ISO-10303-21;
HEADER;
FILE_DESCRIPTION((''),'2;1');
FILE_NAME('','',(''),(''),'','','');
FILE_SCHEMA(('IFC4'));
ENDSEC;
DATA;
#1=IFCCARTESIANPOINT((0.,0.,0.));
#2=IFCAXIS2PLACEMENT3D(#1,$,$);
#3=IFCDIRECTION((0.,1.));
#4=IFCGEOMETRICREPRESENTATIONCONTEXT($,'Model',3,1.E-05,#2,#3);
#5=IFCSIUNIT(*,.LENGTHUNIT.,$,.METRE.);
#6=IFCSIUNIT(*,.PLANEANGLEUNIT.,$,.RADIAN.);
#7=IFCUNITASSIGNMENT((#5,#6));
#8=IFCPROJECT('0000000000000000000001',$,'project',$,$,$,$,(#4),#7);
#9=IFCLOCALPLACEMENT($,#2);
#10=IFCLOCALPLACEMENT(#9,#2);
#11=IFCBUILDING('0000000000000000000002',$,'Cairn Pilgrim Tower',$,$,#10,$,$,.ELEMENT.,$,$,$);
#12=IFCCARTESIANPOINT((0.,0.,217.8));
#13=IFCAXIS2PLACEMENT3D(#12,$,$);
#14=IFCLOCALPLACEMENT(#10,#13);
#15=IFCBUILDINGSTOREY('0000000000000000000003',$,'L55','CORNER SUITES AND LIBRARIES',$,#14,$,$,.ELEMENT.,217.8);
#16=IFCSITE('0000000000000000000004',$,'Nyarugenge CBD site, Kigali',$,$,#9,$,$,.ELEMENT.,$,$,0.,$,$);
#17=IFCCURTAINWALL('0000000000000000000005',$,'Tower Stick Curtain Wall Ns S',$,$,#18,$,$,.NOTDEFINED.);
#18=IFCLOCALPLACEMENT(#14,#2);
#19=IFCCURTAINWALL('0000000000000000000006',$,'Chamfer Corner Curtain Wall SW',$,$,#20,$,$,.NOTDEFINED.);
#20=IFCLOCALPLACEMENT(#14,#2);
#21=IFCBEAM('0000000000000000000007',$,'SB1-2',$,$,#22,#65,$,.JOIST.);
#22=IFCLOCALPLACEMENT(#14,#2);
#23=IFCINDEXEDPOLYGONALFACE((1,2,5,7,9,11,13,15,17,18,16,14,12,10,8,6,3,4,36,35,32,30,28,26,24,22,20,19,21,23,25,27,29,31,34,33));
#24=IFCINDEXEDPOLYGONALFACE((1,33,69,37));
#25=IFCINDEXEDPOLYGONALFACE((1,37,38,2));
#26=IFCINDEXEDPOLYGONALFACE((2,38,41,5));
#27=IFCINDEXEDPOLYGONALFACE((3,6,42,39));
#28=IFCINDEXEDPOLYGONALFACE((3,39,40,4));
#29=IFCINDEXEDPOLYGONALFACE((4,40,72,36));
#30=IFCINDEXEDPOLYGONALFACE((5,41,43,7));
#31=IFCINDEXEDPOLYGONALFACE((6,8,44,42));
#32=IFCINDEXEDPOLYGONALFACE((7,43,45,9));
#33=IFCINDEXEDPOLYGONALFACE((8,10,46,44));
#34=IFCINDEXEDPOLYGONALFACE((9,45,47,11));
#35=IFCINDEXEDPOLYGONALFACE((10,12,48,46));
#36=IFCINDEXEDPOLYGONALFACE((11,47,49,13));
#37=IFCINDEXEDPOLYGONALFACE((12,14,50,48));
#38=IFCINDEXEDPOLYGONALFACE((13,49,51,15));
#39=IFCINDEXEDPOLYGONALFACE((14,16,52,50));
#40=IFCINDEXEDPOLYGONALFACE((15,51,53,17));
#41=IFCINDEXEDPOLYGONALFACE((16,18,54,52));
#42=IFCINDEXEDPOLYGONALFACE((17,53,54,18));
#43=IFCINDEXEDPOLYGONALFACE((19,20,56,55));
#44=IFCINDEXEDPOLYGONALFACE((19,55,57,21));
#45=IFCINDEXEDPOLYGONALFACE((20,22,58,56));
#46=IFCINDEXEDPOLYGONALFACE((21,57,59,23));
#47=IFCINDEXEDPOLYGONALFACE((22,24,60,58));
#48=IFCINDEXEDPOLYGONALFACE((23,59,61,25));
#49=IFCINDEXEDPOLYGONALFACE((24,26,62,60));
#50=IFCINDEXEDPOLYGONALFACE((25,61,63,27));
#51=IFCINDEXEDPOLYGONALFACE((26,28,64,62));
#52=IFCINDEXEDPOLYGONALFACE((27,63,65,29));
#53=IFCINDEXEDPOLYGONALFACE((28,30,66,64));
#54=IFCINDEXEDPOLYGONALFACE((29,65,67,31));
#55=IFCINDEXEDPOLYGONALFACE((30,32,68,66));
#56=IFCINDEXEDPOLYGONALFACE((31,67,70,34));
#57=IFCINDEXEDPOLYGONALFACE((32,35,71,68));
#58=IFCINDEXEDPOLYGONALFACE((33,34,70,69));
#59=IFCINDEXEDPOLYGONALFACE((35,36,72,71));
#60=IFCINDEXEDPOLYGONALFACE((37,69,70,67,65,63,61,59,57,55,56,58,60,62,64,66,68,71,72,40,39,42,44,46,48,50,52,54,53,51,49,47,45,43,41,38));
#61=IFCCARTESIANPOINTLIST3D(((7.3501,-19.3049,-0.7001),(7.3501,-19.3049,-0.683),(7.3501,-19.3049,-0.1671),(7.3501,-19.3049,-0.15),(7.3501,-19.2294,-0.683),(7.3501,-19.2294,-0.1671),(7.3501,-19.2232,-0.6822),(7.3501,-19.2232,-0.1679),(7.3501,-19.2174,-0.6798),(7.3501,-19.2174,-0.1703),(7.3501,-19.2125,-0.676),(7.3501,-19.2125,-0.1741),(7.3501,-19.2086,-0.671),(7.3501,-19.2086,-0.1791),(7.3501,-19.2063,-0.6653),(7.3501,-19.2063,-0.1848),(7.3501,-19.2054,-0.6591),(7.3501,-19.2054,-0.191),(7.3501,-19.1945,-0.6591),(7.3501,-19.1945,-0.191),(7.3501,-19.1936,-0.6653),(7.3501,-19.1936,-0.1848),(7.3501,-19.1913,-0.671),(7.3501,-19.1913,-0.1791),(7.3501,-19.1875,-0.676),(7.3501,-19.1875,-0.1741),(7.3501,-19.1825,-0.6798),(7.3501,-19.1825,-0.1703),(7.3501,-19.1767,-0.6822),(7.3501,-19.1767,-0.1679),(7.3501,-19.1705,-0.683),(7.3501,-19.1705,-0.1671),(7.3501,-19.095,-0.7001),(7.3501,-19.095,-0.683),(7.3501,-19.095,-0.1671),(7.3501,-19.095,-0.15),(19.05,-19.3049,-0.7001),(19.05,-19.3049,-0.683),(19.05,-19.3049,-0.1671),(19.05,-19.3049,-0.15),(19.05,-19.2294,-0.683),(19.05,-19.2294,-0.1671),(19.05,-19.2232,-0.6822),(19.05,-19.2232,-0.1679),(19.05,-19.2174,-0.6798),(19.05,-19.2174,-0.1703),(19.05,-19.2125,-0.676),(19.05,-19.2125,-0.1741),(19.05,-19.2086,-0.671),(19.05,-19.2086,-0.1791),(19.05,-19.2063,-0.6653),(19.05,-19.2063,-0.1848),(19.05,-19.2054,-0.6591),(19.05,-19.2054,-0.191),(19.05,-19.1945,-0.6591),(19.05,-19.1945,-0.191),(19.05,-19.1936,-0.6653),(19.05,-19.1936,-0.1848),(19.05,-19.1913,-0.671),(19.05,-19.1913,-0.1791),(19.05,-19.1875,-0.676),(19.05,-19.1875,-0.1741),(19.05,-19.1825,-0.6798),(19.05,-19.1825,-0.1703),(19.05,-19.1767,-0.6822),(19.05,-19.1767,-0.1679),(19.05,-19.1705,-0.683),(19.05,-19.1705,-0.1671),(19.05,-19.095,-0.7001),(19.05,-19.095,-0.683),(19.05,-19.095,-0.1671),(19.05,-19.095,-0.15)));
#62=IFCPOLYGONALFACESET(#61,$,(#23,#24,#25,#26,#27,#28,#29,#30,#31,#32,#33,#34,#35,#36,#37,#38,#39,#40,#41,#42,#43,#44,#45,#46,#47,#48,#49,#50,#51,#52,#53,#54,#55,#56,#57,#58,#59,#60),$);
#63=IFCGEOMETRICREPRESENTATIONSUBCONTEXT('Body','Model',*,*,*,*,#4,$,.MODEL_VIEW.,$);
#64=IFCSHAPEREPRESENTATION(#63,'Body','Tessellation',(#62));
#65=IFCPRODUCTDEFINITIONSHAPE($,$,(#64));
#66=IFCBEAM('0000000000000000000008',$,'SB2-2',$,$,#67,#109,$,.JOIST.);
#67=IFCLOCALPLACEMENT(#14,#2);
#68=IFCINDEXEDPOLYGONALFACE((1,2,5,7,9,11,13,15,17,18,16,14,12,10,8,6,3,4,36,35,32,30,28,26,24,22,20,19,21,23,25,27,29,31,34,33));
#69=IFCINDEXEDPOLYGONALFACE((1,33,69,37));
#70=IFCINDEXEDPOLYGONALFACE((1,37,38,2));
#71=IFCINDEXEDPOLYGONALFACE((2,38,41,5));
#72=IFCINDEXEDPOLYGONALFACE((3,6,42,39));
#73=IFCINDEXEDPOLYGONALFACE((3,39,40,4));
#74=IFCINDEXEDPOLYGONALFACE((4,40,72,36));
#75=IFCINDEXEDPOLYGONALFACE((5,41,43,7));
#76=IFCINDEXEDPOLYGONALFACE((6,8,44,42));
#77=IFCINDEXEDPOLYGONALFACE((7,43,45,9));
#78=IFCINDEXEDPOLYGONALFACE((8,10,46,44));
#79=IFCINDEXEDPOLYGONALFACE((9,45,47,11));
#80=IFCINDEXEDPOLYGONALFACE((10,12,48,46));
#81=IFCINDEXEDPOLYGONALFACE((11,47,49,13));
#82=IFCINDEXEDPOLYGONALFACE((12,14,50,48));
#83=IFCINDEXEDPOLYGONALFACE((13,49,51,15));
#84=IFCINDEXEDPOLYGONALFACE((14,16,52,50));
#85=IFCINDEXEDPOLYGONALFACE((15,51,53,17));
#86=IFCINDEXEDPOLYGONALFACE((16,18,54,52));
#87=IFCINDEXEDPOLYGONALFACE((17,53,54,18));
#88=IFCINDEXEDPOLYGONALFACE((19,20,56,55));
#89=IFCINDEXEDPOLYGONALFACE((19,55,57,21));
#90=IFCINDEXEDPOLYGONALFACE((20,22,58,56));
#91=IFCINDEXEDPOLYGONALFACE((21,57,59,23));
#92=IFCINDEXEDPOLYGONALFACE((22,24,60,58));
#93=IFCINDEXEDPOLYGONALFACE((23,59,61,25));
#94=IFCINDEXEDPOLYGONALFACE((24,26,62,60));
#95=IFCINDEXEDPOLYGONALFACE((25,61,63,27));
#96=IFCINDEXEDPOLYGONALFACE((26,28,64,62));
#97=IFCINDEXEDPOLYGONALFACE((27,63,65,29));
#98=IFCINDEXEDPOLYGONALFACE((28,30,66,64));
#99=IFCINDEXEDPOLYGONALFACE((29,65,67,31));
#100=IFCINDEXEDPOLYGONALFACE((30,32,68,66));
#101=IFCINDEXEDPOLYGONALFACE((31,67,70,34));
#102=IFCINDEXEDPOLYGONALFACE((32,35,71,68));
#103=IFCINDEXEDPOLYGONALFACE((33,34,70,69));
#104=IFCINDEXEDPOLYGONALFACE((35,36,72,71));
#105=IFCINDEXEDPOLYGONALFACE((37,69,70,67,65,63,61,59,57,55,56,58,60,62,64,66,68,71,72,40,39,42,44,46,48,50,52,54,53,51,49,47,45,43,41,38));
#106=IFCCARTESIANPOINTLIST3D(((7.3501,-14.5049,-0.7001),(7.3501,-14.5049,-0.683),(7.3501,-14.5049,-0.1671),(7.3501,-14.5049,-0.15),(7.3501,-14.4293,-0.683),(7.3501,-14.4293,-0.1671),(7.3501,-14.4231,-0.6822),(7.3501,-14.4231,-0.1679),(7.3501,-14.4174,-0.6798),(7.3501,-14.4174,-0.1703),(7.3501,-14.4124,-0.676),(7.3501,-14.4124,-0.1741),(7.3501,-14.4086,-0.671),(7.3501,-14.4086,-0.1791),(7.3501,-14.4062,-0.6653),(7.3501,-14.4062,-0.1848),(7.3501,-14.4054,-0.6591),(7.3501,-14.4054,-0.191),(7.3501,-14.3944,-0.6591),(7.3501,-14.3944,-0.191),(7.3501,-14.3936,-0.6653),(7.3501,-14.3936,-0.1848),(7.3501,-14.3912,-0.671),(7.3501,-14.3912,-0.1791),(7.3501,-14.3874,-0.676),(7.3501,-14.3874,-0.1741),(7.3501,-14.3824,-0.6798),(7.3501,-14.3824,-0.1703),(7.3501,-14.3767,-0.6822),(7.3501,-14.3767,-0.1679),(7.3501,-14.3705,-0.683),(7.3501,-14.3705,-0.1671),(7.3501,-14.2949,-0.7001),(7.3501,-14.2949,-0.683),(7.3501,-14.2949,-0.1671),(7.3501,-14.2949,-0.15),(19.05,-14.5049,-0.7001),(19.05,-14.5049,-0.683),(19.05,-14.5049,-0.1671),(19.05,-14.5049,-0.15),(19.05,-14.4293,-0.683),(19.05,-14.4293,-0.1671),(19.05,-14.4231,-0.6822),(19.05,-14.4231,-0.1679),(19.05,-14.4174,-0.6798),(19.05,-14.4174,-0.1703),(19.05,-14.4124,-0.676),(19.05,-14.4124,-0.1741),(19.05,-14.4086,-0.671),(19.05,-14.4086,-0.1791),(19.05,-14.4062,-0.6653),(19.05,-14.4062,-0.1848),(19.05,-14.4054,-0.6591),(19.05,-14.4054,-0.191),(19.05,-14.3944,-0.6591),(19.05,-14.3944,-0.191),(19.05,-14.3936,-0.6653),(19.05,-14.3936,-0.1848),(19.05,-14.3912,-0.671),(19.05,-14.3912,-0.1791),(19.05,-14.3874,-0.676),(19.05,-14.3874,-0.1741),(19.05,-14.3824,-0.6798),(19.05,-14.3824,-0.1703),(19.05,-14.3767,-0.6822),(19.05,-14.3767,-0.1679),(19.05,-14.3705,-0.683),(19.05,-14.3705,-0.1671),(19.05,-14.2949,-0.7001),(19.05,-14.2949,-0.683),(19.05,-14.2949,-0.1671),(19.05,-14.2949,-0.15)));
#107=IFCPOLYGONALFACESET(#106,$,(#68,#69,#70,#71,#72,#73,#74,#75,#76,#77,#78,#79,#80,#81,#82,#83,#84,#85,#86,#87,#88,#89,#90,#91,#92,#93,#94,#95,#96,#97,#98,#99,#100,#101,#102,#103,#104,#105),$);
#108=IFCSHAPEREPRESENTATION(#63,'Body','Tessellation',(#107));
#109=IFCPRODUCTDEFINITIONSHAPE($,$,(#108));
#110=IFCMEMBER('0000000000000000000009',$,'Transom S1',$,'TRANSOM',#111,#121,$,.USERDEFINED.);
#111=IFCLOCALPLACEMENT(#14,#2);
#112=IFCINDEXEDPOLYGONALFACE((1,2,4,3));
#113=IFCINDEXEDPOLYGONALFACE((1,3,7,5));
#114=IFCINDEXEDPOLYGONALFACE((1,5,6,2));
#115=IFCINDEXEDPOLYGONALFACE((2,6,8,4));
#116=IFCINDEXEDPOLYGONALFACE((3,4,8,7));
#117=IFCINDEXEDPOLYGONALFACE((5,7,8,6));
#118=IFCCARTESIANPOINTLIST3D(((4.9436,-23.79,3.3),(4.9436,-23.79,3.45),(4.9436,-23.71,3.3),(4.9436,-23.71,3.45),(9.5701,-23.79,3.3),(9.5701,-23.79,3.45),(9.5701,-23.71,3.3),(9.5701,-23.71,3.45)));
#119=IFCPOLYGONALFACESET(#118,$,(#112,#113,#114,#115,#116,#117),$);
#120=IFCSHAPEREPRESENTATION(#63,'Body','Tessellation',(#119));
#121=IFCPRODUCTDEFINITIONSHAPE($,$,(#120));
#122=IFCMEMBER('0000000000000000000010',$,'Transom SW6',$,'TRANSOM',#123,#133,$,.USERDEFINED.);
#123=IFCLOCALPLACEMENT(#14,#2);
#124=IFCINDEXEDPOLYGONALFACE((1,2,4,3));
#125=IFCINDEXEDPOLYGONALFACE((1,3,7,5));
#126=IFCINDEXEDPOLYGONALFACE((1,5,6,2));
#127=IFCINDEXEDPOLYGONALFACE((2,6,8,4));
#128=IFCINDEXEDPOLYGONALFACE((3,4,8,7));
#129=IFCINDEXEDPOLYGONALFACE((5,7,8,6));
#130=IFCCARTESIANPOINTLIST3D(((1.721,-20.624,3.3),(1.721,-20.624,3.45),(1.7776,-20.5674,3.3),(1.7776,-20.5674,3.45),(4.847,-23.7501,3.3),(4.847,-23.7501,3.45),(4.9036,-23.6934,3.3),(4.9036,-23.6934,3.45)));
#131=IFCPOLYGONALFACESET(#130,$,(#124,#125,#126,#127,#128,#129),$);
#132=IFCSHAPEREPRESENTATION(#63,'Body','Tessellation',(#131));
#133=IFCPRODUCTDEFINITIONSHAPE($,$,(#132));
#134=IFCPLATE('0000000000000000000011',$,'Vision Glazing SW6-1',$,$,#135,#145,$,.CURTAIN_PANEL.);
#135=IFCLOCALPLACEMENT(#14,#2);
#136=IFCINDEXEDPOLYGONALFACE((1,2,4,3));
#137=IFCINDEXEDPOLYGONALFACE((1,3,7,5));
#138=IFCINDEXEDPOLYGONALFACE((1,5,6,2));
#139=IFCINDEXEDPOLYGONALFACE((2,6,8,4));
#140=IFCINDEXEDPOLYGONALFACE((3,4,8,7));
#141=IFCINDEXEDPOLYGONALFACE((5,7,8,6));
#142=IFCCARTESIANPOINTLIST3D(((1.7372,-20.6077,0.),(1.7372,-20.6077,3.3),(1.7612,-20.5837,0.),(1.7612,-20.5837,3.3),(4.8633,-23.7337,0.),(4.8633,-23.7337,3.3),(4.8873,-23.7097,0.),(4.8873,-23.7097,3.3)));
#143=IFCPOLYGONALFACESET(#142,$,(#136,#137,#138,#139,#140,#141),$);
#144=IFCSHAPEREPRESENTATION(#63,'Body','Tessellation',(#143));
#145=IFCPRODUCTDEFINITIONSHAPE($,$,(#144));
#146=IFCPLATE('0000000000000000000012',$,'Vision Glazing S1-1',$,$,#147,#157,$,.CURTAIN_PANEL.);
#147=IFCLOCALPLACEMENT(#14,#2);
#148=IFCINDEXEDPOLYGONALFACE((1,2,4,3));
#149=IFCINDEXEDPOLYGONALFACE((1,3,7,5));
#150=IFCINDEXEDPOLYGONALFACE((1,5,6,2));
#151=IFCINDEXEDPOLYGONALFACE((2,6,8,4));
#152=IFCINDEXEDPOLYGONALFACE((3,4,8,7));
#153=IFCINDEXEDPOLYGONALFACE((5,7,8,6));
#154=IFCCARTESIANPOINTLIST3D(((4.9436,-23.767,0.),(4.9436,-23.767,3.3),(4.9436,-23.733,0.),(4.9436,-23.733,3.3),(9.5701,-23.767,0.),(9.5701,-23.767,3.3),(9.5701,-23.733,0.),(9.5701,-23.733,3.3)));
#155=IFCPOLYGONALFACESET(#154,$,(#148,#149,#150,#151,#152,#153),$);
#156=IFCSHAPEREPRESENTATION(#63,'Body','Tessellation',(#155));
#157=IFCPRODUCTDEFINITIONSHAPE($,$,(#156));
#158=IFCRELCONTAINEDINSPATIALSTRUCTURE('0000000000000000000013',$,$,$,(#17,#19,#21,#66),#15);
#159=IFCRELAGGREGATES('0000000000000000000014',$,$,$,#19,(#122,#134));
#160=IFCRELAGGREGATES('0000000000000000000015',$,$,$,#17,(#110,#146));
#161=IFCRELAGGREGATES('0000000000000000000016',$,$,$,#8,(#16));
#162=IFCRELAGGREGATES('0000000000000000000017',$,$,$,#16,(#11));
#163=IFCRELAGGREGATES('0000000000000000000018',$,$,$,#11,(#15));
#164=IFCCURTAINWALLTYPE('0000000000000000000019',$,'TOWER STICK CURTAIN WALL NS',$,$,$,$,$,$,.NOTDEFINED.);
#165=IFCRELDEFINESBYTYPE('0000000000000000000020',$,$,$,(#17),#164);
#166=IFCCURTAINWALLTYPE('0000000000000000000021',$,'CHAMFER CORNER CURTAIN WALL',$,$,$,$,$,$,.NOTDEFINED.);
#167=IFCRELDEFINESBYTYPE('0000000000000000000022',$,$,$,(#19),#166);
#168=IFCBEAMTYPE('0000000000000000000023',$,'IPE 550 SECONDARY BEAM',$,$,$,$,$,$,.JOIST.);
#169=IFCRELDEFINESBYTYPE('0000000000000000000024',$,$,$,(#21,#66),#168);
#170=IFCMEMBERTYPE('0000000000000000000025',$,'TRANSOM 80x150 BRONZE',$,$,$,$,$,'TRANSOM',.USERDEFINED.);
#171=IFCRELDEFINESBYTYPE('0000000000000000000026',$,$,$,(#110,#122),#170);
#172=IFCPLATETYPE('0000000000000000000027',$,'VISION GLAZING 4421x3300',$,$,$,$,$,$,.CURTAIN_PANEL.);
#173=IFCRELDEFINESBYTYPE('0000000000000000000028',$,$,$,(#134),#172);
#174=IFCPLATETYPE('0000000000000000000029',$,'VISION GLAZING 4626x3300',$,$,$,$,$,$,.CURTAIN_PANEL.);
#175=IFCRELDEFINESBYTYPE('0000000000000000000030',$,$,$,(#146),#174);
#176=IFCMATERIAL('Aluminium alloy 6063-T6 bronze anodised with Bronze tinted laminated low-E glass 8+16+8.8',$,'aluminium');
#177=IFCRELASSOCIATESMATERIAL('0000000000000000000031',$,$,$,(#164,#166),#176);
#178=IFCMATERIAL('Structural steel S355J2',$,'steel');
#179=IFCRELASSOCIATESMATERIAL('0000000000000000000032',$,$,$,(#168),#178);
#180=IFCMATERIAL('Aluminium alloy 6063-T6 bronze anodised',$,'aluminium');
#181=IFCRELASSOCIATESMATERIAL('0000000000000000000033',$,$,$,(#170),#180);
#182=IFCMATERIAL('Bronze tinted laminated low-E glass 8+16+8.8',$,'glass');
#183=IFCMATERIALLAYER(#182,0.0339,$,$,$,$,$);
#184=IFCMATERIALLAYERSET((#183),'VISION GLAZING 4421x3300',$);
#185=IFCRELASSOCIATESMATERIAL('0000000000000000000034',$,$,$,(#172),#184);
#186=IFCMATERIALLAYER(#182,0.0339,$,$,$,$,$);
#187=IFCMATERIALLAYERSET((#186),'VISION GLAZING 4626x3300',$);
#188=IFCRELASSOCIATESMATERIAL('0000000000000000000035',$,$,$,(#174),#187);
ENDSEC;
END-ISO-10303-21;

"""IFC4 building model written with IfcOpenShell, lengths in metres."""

from ifc_helpers import new_model, si_unit, direction, frame, origin, origin_2d, place, context, subcontext, project, spatial, rectangle, i_section, extrude, material, layer, layer_set, material_profile, profile_set, type_object, element, aggregate, save


model = new_model("IFC4")

# Units and contexts
model_context = context("Model", 3, precision=1e-05, world=origin(), true_north=direction((0.0, 1.0)))
body_context = subcontext(model_context, "Body", "Model", "MODEL_VIEW")
ifc_project = project(units=[si_unit("LENGTHUNIT", "METRE"), si_unit("PLANEANGLEUNIT", "RADIAN")], contexts=[model_context])

# Site, building, storey
site_placement = place(None, origin())
site = spatial("IfcSite", under=ifc_project, at=site_placement, Name="Nyarugenge CBD site, Kigali", CompositionType="ELEMENT", RefElevation=0.0)
building_placement = place(site_placement, origin())
building = spatial("IfcBuilding", under=site, at=building_placement, Name="Cairn Pilgrim Tower", CompositionType="ELEMENT")
storey_placement = place(building_placement, frame((0.0, 0.0, 217.8)))
storey = spatial("IfcBuildingStorey", under=building, at=storey_placement, Name="L55", Description="CORNER SUITES AND LIBRARIES", CompositionType="ELEMENT", Elevation=217.8)

# Curtain wall
ifc_material_1 = material(Name="Aluminium alloy 6063-T6 bronze anodised with Bronze tinted laminated low-E glass 8+16+8.8", Category="aluminium")
curtain_wall_type_1 = type_object("IfcCurtainWallType", Name="TOWER STICK CURTAIN WALL NS", PredefinedType="NOTDEFINED", material=ifc_material_1)
curtain_wall_1_placement = place(storey_placement, origin())
curtain_wall_1 = element("IfcCurtainWall", 1, at=curtain_wall_1_placement, inside=storey, type_object=curtain_wall_type_1, Name="Tower Stick Curtain Wall Ns S", PredefinedType="NOTDEFINED")
ifc_material_2 = material(Name="Aluminium alloy 6063-T6 bronze anodised", Category="aluminium")

# Curtain wall
curtain_wall_type_2 = type_object("IfcCurtainWallType", Name="CHAMFER CORNER CURTAIN WALL", PredefinedType="NOTDEFINED", material=ifc_material_1)
curtain_wall_2_placement = place(storey_placement, origin())
curtain_wall_2 = element("IfcCurtainWall", 2, at=curtain_wall_2_placement, inside=storey, type_object=curtain_wall_type_2, Name="Chamfer Corner Curtain Wall SW", PredefinedType="NOTDEFINED")

# Beams
ifc_material_3 = material(Name="Structural steel S355J2", Category="steel")
ifc_material_profile_1 = material_profile(ifc_material_3, i_section(OverallWidth=0.21, OverallDepth=0.55, WebThickness=0.011, FlangeThickness=0.0171, FilletRadius=0.0239, at=origin_2d()), Name="IPE 550")
ifc_profile_set_1 = profile_set([ifc_material_profile_1], Name="Structural steel S355J2")
beam_type_1 = type_object("IfcBeamType", Name="IPE 550 SECONDARY BEAM", PredefinedType="JOIST", material=ifc_profile_set_1)
for number, where, z_axis, x_axis, name in (
    (3, (7.3501, -19.2, -0.425), (1.0, 0.0, 0.0), (0.0, 1.0, 0.0), "SB1-2"),
    (4, (7.3501, -14.3999, -0.425), (1.0, 0.0, 0.0), (0.0, 1.0, 0.0), "SB2-2"),
):
    element("IfcBeam", number, at=place(storey_placement, frame(where, z_axis=z_axis, x_axis=x_axis)), inside=storey, type_object=beam_type_1, Name=name, PredefinedType="JOIST", context=body_context, shape_type="SweptSolid", body=[
        extrude(i_section(OverallWidth=0.21, OverallDepth=0.55, WebThickness=0.011, FlangeThickness=0.0171, FilletRadius=0.0239, at=origin_2d()), origin(), (0.0, 0.0, 1.0), 11.7),
    ])

# Members
ifc_material_profile_2 = material_profile(ifc_material_2, rectangle(XDim=0.0801, YDim=0.1499, at=origin_2d()), Name="TRANSOM 80x150 BRONZE")
ifc_profile_set_2 = profile_set([ifc_material_profile_2], Name="Aluminium alloy 6063-T6 bronze anodised")
member_type_1 = type_object("IfcMemberType", Name="TRANSOM 80x150 BRONZE", ElementType="TRANSOM", PredefinedType="USERDEFINED", material=ifc_profile_set_2)
member_1_placement = place(storey_placement, frame((4.9436, -23.75, 3.375), z_axis=(1.0, 0.0, 0.0), x_axis=(0.0, 1.0, 0.0)))
member_1 = element("IfcMember", 5, at=member_1_placement, type_object=member_type_1, Name="Transom S1", ObjectType="TRANSOM", PredefinedType="USERDEFINED", context=body_context, shape_type="SweptSolid", body=[
    extrude(rectangle(XDim=0.0801, YDim=0.1499, at=origin_2d()), origin(), (0.0, 0.0, 1.0), 4.6265),
])
member_2_placement = place(storey_placement, frame((1.7493, -20.5957, 3.375), z_axis=(0.707107, -0.707107, 0.0), x_axis=(0.707107, 0.707107, 0.0)))
member_2 = element("IfcMember", 6, at=member_2_placement, type_object=member_type_1, Name="Transom SW6", ObjectType="TRANSOM", PredefinedType="USERDEFINED", context=body_context, shape_type="SweptSolid", body=[
    extrude(rectangle(XDim=0.0801, YDim=0.1499, at=origin_2d()), origin(), (0.0, 0.0, 1.0), 4.4209),
])

# Plates
ifc_material_4 = material(Name="Bronze tinted laminated low-E glass 8+16+8.8", Category="glass")
ifc_layer_1 = layer(ifc_material_4, 0.0339)
ifc_layer_set_1 = layer_set([ifc_layer_1], Name="VISION GLAZING 4421x3300")
plate_type_1 = type_object("IfcPlateType", Name="VISION GLAZING 4421x3300", PredefinedType="CURTAIN_PANEL", material=ifc_layer_set_1)
plate_1_placement = place(storey_placement, frame((3.3123, -22.1587, 0.0), z_axis=(0.0, 0.0, 1.0), x_axis=(0.707107, -0.707107, 0.0)))
plate_1 = element("IfcPlate", 7, at=plate_1_placement, type_object=plate_type_1, Name="Vision Glazing SW6-1", PredefinedType="CURTAIN_PANEL", context=body_context, shape_type="SweptSolid", body=[
    extrude(rectangle(XDim=4.4209, YDim=0.0339, at=origin_2d()), origin(), (0.0, 0.0, 1.0), 3.3),
])
aggregate(curtain_wall_2, [member_2, plate_1])
ifc_layer_2 = layer(ifc_material_4, 0.0339)
ifc_layer_set_2 = layer_set([ifc_layer_2], Name="VISION GLAZING 4626x3300")
plate_type_2 = type_object("IfcPlateType", Name="VISION GLAZING 4626x3300", PredefinedType="CURTAIN_PANEL", material=ifc_layer_set_2)
plate_2_placement = place(storey_placement, frame((7.2568, -23.75, 0.0), z_axis=(0.0, 0.0, 1.0), x_axis=(1.0, 0.0, 0.0)))
plate_2 = element("IfcPlate", 8, at=plate_2_placement, type_object=plate_type_2, Name="Vision Glazing S1-1", PredefinedType="CURTAIN_PANEL", context=body_context, shape_type="SweptSolid", body=[
    extrude(rectangle(XDim=4.6265, YDim=0.0339, at=origin_2d()), origin(), (0.0, 0.0, 1.0), 3.3),
])
aggregate(curtain_wall_1, [member_1, plate_2])

save(model, "model.ifc")
